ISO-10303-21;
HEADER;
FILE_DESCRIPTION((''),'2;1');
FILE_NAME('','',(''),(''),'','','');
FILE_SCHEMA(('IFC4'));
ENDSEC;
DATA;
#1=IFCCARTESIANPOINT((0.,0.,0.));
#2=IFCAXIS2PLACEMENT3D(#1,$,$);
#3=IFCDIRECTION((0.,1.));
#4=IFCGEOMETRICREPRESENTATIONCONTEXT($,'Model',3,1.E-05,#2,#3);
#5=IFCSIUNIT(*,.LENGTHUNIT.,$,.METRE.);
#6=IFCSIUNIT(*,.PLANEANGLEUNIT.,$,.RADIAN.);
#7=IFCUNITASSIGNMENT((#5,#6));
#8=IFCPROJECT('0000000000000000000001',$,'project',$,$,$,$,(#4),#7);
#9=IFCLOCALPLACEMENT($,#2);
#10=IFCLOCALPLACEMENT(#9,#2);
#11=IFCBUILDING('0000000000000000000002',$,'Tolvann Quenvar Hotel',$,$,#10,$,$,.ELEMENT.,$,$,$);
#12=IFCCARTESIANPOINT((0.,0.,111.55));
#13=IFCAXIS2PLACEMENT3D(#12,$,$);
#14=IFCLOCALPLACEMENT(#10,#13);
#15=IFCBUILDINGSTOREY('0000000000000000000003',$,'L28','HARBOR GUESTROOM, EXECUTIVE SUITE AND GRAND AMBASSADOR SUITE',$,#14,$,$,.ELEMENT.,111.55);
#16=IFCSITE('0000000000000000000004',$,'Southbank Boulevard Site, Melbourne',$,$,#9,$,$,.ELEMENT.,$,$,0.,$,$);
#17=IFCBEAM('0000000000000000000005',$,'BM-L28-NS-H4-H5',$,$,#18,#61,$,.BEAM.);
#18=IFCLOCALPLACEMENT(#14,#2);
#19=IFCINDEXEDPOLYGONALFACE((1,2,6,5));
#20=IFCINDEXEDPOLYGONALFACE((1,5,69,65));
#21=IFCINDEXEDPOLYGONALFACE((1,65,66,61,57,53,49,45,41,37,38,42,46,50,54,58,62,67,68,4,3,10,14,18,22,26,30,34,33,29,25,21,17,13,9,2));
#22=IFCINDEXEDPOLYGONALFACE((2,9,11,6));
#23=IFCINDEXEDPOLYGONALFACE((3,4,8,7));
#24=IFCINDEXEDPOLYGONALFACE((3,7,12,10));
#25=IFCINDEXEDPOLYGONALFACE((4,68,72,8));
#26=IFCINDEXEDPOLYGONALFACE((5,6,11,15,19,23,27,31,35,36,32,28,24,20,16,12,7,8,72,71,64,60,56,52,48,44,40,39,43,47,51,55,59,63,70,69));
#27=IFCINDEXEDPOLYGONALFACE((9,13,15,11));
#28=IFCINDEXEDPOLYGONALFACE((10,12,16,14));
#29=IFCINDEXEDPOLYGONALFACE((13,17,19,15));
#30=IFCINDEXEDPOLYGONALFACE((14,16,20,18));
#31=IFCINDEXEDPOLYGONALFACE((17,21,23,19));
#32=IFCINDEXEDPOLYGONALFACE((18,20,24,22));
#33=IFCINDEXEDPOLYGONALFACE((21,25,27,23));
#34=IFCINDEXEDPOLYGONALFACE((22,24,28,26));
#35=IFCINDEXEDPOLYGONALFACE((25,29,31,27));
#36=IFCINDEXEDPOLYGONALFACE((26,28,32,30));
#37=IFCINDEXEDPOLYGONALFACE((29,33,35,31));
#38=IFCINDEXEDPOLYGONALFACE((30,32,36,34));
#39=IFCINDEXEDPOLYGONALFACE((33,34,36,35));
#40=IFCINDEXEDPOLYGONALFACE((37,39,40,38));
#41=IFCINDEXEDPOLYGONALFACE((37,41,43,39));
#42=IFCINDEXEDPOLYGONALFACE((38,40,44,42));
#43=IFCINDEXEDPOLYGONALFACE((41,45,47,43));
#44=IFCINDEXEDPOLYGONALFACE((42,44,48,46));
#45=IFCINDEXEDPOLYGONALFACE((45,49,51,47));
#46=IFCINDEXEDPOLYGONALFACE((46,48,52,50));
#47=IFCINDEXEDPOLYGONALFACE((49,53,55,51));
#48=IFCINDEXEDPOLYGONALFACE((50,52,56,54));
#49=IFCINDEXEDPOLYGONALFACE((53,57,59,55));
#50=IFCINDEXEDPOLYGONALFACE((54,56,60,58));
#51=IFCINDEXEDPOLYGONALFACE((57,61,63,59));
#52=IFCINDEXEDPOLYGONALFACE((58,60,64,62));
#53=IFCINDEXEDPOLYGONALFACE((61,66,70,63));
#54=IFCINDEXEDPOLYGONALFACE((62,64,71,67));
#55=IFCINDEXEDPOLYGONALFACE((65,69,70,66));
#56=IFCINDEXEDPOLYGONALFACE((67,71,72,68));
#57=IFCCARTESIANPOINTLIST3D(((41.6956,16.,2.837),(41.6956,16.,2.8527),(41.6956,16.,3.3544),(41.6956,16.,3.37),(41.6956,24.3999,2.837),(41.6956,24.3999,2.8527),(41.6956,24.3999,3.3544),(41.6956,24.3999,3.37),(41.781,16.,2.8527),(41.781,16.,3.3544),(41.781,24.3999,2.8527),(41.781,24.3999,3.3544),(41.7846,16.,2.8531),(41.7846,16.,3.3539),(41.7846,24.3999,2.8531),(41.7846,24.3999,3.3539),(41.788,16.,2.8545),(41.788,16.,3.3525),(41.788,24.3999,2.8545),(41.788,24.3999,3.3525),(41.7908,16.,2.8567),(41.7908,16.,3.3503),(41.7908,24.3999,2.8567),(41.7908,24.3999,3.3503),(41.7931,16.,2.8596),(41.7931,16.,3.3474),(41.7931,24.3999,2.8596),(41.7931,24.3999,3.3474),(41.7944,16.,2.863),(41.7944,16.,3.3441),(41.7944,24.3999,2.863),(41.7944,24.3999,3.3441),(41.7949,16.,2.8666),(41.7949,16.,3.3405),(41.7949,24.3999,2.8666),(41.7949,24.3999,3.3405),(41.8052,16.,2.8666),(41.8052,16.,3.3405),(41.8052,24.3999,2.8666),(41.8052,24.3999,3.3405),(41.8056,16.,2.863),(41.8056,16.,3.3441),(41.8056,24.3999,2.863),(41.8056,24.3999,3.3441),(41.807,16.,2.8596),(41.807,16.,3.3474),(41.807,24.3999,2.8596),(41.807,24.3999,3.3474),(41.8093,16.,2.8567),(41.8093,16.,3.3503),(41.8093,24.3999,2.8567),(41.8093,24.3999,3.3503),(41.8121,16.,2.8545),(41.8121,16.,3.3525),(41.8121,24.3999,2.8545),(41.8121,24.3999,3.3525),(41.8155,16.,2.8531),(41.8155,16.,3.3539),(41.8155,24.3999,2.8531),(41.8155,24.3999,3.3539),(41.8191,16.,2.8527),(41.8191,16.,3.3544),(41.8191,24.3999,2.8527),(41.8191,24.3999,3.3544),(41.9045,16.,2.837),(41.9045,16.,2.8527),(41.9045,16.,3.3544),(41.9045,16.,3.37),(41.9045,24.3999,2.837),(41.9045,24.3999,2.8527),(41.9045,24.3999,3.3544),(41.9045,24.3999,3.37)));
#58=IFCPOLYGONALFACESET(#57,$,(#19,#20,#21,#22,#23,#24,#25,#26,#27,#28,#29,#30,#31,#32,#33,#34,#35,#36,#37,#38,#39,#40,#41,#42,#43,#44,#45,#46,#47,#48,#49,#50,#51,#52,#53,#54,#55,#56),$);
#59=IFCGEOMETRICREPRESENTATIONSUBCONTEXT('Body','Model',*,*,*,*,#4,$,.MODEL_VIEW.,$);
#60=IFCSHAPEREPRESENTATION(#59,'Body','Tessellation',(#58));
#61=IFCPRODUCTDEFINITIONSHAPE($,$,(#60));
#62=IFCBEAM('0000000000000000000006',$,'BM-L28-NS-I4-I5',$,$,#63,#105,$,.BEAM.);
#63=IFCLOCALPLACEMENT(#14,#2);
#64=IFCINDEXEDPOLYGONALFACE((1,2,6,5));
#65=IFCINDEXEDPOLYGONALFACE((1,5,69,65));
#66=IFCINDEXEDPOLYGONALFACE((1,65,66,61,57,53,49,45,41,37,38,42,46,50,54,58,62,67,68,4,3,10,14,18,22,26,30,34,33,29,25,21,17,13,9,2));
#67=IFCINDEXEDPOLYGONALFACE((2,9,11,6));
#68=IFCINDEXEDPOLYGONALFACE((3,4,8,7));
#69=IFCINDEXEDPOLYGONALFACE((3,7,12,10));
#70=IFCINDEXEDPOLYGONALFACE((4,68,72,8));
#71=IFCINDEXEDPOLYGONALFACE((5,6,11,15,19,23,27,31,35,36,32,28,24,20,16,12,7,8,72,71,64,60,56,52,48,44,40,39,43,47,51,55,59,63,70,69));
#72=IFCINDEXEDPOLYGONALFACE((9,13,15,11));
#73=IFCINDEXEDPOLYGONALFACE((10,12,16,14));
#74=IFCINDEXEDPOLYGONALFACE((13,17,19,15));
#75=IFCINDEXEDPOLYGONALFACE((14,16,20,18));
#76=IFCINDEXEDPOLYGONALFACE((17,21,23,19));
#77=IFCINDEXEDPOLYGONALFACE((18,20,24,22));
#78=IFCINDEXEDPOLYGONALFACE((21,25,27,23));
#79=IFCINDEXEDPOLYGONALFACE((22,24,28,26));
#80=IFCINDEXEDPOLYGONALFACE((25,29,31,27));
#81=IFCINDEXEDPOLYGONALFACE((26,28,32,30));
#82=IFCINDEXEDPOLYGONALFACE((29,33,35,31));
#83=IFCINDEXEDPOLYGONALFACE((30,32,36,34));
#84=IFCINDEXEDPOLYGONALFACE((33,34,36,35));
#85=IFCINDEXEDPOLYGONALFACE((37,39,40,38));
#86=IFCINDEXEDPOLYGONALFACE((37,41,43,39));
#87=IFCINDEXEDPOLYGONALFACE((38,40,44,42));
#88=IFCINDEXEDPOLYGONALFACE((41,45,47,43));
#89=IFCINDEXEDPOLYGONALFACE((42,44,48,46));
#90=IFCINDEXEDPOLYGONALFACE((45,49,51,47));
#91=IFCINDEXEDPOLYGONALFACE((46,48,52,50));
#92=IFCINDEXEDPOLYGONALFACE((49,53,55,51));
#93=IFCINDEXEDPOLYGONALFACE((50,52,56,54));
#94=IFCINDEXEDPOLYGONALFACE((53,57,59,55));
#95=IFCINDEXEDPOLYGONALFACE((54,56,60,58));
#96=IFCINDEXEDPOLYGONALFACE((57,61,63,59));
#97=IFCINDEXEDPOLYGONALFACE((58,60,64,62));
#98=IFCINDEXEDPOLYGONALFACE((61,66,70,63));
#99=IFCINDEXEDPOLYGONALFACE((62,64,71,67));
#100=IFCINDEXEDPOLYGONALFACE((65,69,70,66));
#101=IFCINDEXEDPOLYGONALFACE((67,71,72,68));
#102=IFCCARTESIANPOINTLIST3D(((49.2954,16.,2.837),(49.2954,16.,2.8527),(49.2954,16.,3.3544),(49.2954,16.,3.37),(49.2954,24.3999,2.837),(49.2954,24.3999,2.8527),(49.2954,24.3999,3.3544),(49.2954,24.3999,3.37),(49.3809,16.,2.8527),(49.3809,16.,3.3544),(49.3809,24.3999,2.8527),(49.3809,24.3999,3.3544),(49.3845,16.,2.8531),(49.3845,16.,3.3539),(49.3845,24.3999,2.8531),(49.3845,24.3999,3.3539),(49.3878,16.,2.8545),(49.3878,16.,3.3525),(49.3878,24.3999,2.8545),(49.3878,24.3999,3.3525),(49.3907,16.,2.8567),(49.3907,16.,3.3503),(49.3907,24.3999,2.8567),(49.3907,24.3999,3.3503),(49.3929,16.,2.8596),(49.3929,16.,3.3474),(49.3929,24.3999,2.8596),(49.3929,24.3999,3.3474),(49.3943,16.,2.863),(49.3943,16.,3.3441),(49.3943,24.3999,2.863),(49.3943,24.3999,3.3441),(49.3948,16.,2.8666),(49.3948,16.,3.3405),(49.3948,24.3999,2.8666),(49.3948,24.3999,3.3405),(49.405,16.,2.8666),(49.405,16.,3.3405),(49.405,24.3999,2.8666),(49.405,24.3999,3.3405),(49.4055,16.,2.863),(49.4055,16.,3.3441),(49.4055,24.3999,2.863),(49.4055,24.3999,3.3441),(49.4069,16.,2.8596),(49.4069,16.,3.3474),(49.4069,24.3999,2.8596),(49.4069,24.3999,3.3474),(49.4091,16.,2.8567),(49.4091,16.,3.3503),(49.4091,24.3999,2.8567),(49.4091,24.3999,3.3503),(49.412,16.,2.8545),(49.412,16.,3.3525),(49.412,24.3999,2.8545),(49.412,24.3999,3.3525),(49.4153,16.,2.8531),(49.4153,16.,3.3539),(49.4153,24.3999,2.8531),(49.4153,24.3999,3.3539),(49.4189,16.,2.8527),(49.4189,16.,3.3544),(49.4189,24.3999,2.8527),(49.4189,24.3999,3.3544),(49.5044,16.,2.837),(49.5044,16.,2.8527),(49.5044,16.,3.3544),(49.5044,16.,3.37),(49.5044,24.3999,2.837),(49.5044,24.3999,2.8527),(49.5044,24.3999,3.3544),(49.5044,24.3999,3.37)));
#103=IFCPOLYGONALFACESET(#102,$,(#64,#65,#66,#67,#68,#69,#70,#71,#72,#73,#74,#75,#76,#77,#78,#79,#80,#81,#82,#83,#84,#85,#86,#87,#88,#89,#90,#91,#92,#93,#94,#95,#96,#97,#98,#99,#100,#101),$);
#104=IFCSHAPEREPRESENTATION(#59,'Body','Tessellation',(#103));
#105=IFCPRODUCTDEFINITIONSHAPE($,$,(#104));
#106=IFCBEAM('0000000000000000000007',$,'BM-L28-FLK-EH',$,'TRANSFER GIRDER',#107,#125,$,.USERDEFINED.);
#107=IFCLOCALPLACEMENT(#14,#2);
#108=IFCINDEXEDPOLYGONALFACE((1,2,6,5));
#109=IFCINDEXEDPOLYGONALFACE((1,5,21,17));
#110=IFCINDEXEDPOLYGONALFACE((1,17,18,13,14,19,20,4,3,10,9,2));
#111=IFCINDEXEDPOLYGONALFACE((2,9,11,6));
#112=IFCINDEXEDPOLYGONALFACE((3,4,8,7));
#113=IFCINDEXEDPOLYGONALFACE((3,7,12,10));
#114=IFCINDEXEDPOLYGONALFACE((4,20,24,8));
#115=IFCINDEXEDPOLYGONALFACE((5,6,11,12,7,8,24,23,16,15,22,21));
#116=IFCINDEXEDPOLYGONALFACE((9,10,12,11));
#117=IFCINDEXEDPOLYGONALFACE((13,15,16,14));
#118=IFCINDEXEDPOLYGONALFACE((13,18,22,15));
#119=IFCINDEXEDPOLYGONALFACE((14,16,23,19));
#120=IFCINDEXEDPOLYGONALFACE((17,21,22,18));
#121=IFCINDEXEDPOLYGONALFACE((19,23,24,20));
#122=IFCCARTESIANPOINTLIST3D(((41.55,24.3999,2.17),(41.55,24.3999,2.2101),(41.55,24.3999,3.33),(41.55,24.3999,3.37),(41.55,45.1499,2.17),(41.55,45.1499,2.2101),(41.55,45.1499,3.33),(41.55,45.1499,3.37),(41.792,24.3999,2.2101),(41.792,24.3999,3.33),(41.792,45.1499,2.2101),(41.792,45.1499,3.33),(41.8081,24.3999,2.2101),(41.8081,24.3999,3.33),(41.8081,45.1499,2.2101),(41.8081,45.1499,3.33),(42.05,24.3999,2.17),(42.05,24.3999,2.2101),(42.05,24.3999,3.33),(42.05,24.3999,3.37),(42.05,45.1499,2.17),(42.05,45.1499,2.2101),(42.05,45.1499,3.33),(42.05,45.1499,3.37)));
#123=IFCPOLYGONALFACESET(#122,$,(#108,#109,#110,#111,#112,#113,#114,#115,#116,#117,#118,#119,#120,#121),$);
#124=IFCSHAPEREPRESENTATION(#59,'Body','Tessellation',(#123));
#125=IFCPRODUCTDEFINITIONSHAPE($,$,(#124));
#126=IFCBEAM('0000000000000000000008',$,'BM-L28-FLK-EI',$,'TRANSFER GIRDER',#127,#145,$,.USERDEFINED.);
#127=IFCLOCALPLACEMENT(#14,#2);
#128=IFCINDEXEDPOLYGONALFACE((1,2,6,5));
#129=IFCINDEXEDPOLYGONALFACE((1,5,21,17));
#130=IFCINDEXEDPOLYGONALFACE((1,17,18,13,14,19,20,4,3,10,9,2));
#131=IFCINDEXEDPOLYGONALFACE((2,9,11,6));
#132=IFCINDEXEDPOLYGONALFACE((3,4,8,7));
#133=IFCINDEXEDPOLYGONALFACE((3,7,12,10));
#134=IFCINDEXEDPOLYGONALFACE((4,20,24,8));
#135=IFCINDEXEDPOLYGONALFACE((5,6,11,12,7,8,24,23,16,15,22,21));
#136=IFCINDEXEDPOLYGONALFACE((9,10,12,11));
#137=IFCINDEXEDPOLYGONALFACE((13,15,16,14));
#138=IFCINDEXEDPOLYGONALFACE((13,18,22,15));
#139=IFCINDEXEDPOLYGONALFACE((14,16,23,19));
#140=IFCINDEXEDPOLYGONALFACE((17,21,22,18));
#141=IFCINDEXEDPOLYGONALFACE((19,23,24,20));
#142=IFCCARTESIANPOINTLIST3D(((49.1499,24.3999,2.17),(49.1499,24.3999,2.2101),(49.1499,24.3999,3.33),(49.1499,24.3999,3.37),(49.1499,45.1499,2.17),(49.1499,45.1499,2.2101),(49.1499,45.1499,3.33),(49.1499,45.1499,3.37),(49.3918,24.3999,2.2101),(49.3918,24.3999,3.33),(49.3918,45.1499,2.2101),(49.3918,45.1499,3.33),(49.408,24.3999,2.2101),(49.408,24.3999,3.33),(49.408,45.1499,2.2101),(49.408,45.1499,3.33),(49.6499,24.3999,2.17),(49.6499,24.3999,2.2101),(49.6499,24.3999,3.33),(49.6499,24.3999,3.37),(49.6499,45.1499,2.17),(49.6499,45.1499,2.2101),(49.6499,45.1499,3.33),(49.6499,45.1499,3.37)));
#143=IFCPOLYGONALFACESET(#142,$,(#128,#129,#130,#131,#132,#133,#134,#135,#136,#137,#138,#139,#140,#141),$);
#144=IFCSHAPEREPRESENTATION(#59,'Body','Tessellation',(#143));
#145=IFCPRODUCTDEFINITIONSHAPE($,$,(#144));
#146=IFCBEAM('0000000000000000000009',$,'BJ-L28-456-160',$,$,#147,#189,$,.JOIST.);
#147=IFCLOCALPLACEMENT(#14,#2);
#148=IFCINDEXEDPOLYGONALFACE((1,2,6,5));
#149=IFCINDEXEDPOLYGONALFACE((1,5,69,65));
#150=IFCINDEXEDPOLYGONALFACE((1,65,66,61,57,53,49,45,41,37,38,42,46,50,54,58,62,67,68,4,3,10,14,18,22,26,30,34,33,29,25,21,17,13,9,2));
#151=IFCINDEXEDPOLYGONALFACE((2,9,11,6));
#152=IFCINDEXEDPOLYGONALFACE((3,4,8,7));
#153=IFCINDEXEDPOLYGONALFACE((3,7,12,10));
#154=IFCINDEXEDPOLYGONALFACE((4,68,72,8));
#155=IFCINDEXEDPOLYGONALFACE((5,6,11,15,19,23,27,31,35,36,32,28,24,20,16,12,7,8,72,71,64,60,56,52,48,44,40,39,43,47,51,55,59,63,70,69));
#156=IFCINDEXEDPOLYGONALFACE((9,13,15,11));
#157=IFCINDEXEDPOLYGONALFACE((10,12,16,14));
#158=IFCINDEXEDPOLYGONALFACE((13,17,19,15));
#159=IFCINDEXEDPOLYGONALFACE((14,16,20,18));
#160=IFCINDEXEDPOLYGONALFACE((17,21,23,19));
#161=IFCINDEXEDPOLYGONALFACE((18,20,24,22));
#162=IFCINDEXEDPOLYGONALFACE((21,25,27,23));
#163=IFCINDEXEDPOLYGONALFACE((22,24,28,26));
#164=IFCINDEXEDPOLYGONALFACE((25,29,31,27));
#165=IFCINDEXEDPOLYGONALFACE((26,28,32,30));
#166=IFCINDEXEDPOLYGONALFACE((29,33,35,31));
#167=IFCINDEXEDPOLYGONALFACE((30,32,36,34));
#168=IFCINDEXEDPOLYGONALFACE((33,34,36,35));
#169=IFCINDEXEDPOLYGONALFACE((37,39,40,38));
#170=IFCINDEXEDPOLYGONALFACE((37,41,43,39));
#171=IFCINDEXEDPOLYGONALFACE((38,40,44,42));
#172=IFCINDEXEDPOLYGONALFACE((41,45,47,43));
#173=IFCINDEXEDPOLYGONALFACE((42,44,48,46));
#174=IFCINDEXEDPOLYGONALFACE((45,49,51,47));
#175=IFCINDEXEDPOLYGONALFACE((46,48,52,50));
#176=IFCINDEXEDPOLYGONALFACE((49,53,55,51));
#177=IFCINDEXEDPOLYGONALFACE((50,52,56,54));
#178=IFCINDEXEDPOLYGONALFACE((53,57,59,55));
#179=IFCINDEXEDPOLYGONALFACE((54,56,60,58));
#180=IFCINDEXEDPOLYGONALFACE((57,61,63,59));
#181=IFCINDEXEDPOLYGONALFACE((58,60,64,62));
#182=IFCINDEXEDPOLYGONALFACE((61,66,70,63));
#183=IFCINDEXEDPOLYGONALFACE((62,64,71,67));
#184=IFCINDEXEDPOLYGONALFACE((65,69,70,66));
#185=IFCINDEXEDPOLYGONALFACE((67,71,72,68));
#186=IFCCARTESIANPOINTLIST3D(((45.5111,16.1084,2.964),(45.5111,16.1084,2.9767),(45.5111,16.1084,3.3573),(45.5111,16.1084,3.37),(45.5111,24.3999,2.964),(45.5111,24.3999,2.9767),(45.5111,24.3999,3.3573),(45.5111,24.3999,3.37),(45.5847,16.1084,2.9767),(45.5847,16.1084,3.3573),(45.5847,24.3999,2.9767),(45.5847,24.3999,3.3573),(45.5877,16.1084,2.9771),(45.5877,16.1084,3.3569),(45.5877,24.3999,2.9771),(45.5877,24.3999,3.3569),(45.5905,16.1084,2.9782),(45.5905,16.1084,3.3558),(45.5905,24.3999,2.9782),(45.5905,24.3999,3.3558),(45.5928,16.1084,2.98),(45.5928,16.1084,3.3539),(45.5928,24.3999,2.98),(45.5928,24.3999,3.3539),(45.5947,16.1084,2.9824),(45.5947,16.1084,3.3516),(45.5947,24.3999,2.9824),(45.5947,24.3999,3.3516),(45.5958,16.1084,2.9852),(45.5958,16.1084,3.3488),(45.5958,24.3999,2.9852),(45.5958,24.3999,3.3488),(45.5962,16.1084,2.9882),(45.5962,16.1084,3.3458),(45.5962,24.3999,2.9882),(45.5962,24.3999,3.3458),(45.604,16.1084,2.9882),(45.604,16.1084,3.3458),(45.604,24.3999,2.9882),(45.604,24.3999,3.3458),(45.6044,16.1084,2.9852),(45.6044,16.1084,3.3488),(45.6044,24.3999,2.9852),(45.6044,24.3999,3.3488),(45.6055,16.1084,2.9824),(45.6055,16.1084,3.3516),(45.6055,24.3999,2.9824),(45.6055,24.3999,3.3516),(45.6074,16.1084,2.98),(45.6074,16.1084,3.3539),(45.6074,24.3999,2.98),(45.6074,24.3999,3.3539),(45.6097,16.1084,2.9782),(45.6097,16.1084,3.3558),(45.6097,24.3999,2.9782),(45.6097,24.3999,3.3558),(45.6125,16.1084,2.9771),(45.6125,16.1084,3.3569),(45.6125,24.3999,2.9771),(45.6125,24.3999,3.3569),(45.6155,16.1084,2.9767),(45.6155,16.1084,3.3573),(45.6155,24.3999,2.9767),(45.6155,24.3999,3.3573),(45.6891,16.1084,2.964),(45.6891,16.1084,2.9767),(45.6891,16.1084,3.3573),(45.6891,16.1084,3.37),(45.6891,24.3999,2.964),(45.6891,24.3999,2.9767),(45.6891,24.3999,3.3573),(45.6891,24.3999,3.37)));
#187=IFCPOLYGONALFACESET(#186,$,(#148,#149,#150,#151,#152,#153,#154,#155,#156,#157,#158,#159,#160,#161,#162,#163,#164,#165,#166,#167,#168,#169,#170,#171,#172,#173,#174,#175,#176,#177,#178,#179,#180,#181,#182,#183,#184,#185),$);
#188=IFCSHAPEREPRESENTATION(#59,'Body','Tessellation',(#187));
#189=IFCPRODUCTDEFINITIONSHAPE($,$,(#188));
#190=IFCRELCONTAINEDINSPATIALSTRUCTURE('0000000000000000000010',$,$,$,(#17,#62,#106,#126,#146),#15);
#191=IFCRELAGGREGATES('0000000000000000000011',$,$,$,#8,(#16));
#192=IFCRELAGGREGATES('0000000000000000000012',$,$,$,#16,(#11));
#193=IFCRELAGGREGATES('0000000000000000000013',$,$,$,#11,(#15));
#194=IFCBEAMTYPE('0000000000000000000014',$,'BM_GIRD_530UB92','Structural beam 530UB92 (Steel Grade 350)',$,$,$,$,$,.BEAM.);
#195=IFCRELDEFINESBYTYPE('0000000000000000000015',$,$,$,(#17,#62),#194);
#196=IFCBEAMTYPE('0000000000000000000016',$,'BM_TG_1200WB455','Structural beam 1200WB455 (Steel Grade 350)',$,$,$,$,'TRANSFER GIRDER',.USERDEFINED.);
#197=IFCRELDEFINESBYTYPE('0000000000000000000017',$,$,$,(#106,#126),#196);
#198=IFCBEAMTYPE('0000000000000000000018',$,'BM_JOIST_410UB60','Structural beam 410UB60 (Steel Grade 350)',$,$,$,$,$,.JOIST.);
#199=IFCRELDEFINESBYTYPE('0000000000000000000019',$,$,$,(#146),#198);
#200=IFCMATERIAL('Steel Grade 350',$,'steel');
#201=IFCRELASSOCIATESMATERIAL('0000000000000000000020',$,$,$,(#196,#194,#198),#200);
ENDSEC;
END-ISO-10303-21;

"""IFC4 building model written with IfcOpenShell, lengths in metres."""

from ifc_helpers import new_model, si_unit, direction, frame, origin, origin_2d, place, context, subcontext, project, spatial, i_section, extrude, source, transform, mapped, material, material_profile, profile_set, type_object, type_shapes, element, save


model = new_model("IFC4")

# Units and contexts
model_context = context("Model", 3, precision=1e-05, world=origin(), true_north=direction((0.0, 1.0)))
body_context = subcontext(model_context, "Body", "Model", "MODEL_VIEW")
ifc_project = project(units=[si_unit("LENGTHUNIT", "METRE"), si_unit("PLANEANGLEUNIT", "RADIAN")], contexts=[model_context])

# Site, building, storey
site_placement = place(None, origin())
site = spatial("IfcSite", under=ifc_project, at=site_placement, Name="Southbank Boulevard Site, Melbourne", CompositionType="ELEMENT", RefElevation=0.0)
building_placement = place(site_placement, origin())
building = spatial("IfcBuilding", under=site, at=building_placement, Name="Tolvann Quenvar Hotel", CompositionType="ELEMENT")
storey_placement = place(building_placement, frame((0.0, 0.0, 111.55)))
storey = spatial("IfcBuildingStorey", under=building, at=storey_placement, Name="L28", Description="HARBOR GUESTROOM, EXECUTIVE SUITE AND GRAND AMBASSADOR SUITE", CompositionType="ELEMENT", Elevation=111.55)

# Shared definitions
ifc_material_1 = material(Name="Steel Grade 350", Category="steel")

# Beams
ifc_material_profile_1 = material_profile(ifc_material_1, i_section(OverallWidth=0.5, OverallDepth=1.2, WebThickness=0.0161, FlangeThickness=0.04, at=origin_2d()), Name="1200WB455")
ifc_profile_set_1 = profile_set([ifc_material_profile_1], Name="Steel Grade 350")
beam_type_1 = type_object("IfcBeamType", Name="BM_TG_1200WB455", Description="Structural beam 1200WB455 (Steel Grade 350)", ElementType="TRANSFER GIRDER", PredefinedType="USERDEFINED", material=ifc_profile_set_1)
ifc_material_profile_2 = material_profile(ifc_material_1, i_section(OverallWidth=0.209, OverallDepth=0.533, WebThickness=0.0103, FlangeThickness=0.0156, FilletRadius=0.0139, at=origin_2d()), Name="530UB92")
ifc_profile_set_2 = profile_set([ifc_material_profile_2], Name="Steel Grade 350")
beam_type_2 = type_object("IfcBeamType", Name="BM_GIRD_530UB92", Description="Structural beam 530UB92 (Steel Grade 350)", PredefinedType="BEAM", material=ifc_profile_set_2)
shared_shape_1 = source(origin(), body_context, "Body", "SweptSolid", [
    extrude(i_section(OverallWidth=0.209, OverallDepth=0.533, WebThickness=0.0103, FlangeThickness=0.0156, FilletRadius=0.0139, at=origin_2d()), origin(), (0.0, 0.0, 1.0), 8.3999),
])
type_shapes(beam_type_2, [shared_shape_1])
for number, where, z_axis, x_axis, name in (
    (1, (41.8, 16.0, 3.1035), (0.0, 1.0, 0.0), (-1.0, 0.0, 0.0), "BM-L28-NS-H4-H5"),
    (2, (49.3999, 16.0, 3.1035), (0.0, 1.0, 0.0), (-1.0, 0.0, 0.0), "BM-L28-NS-I4-I5"),
):
    element("IfcBeam", number, at=place(storey_placement, frame(where, z_axis=z_axis, x_axis=x_axis)), inside=storey, type_object=beam_type_2, Name=name, PredefinedType="BEAM", context=body_context, shape_type="MappedRepresentation", body=[
        mapped(shared_shape_1, transform((0.0, 0.0, 0.0), x_axis=(1.0, 0.0, 0.0), y_axis=(0.0, 1.0, 0.0), z_axis=(0.0, 0.0, 1.0), scale=1.0)),
    ])
shared_shape_2 = source(origin(), body_context, "Body", "SweptSolid", [
    extrude(i_section(OverallWidth=0.5, OverallDepth=1.2, WebThickness=0.0161, FlangeThickness=0.04, at=origin_2d()), origin(), (0.0, 0.0, 1.0), 20.75),
])
for number, where, z_axis, x_axis, name in (
    (3, (41.8, 24.3999, 2.77), (0.0, 1.0, 0.0), (-1.0, 0.0, 0.0), "BM-L28-FLK-EH"),
    (4, (49.3999, 24.3999, 2.77), (0.0, 1.0, 0.0), (-1.0, 0.0, 0.0), "BM-L28-FLK-EI"),
):
    element("IfcBeam", number, at=place(storey_placement, frame(where, z_axis=z_axis, x_axis=x_axis)), inside=storey, type_object=beam_type_1, Name=name, ObjectType="TRANSFER GIRDER", PredefinedType="USERDEFINED", context=body_context, shape_type="MappedRepresentation", body=[
        mapped(shared_shape_2, transform((0.0, 0.0, 0.0), x_axis=(1.0, 0.0, 0.0), y_axis=(0.0, 1.0, 0.0), z_axis=(0.0, 0.0, 1.0), scale=1.0)),
    ])
ifc_material_profile_3 = material_profile(ifc_material_1, i_section(OverallWidth=0.178, OverallDepth=0.406, WebThickness=0.0078, FlangeThickness=0.0127, FilletRadius=0.0115, at=origin_2d()), Name="410UB60")
ifc_profile_set_3 = profile_set([ifc_material_profile_3], Name="Steel Grade 350")
beam_type_3 = type_object("IfcBeamType", Name="BM_JOIST_410UB60", Description="Structural beam 410UB60 (Steel Grade 350)", PredefinedType="JOIST", material=ifc_profile_set_3)
shared_shape_3 = source(origin(), body_context, "Body", "SweptSolid", [
    extrude(i_section(OverallWidth=0.178, OverallDepth=0.406, WebThickness=0.0078, FlangeThickness=0.0127, FilletRadius=0.0115, at=origin_2d()), origin(), (0.0, 0.0, 1.0), 8.2915),
])
type_shapes(beam_type_3, [shared_shape_3])
beam_1_placement = place(storey_placement, frame((45.6001, 16.1084, 3.167), z_axis=(0.0, 1.0, 0.0), x_axis=(-1.0, 0.0, 0.0)))
element("IfcBeam", 5, at=beam_1_placement, inside=storey, type_object=beam_type_3, Name="BJ-L28-456-160", PredefinedType="JOIST", context=body_context, shape_type="MappedRepresentation", body=[
    mapped(shared_shape_3, transform((0.0, 0.0, 0.0), x_axis=(1.0, 0.0, 0.0), y_axis=(0.0, 1.0, 0.0), z_axis=(0.0, 0.0, 1.0), scale=1.0)),
])

save(model, "model.ifc")
